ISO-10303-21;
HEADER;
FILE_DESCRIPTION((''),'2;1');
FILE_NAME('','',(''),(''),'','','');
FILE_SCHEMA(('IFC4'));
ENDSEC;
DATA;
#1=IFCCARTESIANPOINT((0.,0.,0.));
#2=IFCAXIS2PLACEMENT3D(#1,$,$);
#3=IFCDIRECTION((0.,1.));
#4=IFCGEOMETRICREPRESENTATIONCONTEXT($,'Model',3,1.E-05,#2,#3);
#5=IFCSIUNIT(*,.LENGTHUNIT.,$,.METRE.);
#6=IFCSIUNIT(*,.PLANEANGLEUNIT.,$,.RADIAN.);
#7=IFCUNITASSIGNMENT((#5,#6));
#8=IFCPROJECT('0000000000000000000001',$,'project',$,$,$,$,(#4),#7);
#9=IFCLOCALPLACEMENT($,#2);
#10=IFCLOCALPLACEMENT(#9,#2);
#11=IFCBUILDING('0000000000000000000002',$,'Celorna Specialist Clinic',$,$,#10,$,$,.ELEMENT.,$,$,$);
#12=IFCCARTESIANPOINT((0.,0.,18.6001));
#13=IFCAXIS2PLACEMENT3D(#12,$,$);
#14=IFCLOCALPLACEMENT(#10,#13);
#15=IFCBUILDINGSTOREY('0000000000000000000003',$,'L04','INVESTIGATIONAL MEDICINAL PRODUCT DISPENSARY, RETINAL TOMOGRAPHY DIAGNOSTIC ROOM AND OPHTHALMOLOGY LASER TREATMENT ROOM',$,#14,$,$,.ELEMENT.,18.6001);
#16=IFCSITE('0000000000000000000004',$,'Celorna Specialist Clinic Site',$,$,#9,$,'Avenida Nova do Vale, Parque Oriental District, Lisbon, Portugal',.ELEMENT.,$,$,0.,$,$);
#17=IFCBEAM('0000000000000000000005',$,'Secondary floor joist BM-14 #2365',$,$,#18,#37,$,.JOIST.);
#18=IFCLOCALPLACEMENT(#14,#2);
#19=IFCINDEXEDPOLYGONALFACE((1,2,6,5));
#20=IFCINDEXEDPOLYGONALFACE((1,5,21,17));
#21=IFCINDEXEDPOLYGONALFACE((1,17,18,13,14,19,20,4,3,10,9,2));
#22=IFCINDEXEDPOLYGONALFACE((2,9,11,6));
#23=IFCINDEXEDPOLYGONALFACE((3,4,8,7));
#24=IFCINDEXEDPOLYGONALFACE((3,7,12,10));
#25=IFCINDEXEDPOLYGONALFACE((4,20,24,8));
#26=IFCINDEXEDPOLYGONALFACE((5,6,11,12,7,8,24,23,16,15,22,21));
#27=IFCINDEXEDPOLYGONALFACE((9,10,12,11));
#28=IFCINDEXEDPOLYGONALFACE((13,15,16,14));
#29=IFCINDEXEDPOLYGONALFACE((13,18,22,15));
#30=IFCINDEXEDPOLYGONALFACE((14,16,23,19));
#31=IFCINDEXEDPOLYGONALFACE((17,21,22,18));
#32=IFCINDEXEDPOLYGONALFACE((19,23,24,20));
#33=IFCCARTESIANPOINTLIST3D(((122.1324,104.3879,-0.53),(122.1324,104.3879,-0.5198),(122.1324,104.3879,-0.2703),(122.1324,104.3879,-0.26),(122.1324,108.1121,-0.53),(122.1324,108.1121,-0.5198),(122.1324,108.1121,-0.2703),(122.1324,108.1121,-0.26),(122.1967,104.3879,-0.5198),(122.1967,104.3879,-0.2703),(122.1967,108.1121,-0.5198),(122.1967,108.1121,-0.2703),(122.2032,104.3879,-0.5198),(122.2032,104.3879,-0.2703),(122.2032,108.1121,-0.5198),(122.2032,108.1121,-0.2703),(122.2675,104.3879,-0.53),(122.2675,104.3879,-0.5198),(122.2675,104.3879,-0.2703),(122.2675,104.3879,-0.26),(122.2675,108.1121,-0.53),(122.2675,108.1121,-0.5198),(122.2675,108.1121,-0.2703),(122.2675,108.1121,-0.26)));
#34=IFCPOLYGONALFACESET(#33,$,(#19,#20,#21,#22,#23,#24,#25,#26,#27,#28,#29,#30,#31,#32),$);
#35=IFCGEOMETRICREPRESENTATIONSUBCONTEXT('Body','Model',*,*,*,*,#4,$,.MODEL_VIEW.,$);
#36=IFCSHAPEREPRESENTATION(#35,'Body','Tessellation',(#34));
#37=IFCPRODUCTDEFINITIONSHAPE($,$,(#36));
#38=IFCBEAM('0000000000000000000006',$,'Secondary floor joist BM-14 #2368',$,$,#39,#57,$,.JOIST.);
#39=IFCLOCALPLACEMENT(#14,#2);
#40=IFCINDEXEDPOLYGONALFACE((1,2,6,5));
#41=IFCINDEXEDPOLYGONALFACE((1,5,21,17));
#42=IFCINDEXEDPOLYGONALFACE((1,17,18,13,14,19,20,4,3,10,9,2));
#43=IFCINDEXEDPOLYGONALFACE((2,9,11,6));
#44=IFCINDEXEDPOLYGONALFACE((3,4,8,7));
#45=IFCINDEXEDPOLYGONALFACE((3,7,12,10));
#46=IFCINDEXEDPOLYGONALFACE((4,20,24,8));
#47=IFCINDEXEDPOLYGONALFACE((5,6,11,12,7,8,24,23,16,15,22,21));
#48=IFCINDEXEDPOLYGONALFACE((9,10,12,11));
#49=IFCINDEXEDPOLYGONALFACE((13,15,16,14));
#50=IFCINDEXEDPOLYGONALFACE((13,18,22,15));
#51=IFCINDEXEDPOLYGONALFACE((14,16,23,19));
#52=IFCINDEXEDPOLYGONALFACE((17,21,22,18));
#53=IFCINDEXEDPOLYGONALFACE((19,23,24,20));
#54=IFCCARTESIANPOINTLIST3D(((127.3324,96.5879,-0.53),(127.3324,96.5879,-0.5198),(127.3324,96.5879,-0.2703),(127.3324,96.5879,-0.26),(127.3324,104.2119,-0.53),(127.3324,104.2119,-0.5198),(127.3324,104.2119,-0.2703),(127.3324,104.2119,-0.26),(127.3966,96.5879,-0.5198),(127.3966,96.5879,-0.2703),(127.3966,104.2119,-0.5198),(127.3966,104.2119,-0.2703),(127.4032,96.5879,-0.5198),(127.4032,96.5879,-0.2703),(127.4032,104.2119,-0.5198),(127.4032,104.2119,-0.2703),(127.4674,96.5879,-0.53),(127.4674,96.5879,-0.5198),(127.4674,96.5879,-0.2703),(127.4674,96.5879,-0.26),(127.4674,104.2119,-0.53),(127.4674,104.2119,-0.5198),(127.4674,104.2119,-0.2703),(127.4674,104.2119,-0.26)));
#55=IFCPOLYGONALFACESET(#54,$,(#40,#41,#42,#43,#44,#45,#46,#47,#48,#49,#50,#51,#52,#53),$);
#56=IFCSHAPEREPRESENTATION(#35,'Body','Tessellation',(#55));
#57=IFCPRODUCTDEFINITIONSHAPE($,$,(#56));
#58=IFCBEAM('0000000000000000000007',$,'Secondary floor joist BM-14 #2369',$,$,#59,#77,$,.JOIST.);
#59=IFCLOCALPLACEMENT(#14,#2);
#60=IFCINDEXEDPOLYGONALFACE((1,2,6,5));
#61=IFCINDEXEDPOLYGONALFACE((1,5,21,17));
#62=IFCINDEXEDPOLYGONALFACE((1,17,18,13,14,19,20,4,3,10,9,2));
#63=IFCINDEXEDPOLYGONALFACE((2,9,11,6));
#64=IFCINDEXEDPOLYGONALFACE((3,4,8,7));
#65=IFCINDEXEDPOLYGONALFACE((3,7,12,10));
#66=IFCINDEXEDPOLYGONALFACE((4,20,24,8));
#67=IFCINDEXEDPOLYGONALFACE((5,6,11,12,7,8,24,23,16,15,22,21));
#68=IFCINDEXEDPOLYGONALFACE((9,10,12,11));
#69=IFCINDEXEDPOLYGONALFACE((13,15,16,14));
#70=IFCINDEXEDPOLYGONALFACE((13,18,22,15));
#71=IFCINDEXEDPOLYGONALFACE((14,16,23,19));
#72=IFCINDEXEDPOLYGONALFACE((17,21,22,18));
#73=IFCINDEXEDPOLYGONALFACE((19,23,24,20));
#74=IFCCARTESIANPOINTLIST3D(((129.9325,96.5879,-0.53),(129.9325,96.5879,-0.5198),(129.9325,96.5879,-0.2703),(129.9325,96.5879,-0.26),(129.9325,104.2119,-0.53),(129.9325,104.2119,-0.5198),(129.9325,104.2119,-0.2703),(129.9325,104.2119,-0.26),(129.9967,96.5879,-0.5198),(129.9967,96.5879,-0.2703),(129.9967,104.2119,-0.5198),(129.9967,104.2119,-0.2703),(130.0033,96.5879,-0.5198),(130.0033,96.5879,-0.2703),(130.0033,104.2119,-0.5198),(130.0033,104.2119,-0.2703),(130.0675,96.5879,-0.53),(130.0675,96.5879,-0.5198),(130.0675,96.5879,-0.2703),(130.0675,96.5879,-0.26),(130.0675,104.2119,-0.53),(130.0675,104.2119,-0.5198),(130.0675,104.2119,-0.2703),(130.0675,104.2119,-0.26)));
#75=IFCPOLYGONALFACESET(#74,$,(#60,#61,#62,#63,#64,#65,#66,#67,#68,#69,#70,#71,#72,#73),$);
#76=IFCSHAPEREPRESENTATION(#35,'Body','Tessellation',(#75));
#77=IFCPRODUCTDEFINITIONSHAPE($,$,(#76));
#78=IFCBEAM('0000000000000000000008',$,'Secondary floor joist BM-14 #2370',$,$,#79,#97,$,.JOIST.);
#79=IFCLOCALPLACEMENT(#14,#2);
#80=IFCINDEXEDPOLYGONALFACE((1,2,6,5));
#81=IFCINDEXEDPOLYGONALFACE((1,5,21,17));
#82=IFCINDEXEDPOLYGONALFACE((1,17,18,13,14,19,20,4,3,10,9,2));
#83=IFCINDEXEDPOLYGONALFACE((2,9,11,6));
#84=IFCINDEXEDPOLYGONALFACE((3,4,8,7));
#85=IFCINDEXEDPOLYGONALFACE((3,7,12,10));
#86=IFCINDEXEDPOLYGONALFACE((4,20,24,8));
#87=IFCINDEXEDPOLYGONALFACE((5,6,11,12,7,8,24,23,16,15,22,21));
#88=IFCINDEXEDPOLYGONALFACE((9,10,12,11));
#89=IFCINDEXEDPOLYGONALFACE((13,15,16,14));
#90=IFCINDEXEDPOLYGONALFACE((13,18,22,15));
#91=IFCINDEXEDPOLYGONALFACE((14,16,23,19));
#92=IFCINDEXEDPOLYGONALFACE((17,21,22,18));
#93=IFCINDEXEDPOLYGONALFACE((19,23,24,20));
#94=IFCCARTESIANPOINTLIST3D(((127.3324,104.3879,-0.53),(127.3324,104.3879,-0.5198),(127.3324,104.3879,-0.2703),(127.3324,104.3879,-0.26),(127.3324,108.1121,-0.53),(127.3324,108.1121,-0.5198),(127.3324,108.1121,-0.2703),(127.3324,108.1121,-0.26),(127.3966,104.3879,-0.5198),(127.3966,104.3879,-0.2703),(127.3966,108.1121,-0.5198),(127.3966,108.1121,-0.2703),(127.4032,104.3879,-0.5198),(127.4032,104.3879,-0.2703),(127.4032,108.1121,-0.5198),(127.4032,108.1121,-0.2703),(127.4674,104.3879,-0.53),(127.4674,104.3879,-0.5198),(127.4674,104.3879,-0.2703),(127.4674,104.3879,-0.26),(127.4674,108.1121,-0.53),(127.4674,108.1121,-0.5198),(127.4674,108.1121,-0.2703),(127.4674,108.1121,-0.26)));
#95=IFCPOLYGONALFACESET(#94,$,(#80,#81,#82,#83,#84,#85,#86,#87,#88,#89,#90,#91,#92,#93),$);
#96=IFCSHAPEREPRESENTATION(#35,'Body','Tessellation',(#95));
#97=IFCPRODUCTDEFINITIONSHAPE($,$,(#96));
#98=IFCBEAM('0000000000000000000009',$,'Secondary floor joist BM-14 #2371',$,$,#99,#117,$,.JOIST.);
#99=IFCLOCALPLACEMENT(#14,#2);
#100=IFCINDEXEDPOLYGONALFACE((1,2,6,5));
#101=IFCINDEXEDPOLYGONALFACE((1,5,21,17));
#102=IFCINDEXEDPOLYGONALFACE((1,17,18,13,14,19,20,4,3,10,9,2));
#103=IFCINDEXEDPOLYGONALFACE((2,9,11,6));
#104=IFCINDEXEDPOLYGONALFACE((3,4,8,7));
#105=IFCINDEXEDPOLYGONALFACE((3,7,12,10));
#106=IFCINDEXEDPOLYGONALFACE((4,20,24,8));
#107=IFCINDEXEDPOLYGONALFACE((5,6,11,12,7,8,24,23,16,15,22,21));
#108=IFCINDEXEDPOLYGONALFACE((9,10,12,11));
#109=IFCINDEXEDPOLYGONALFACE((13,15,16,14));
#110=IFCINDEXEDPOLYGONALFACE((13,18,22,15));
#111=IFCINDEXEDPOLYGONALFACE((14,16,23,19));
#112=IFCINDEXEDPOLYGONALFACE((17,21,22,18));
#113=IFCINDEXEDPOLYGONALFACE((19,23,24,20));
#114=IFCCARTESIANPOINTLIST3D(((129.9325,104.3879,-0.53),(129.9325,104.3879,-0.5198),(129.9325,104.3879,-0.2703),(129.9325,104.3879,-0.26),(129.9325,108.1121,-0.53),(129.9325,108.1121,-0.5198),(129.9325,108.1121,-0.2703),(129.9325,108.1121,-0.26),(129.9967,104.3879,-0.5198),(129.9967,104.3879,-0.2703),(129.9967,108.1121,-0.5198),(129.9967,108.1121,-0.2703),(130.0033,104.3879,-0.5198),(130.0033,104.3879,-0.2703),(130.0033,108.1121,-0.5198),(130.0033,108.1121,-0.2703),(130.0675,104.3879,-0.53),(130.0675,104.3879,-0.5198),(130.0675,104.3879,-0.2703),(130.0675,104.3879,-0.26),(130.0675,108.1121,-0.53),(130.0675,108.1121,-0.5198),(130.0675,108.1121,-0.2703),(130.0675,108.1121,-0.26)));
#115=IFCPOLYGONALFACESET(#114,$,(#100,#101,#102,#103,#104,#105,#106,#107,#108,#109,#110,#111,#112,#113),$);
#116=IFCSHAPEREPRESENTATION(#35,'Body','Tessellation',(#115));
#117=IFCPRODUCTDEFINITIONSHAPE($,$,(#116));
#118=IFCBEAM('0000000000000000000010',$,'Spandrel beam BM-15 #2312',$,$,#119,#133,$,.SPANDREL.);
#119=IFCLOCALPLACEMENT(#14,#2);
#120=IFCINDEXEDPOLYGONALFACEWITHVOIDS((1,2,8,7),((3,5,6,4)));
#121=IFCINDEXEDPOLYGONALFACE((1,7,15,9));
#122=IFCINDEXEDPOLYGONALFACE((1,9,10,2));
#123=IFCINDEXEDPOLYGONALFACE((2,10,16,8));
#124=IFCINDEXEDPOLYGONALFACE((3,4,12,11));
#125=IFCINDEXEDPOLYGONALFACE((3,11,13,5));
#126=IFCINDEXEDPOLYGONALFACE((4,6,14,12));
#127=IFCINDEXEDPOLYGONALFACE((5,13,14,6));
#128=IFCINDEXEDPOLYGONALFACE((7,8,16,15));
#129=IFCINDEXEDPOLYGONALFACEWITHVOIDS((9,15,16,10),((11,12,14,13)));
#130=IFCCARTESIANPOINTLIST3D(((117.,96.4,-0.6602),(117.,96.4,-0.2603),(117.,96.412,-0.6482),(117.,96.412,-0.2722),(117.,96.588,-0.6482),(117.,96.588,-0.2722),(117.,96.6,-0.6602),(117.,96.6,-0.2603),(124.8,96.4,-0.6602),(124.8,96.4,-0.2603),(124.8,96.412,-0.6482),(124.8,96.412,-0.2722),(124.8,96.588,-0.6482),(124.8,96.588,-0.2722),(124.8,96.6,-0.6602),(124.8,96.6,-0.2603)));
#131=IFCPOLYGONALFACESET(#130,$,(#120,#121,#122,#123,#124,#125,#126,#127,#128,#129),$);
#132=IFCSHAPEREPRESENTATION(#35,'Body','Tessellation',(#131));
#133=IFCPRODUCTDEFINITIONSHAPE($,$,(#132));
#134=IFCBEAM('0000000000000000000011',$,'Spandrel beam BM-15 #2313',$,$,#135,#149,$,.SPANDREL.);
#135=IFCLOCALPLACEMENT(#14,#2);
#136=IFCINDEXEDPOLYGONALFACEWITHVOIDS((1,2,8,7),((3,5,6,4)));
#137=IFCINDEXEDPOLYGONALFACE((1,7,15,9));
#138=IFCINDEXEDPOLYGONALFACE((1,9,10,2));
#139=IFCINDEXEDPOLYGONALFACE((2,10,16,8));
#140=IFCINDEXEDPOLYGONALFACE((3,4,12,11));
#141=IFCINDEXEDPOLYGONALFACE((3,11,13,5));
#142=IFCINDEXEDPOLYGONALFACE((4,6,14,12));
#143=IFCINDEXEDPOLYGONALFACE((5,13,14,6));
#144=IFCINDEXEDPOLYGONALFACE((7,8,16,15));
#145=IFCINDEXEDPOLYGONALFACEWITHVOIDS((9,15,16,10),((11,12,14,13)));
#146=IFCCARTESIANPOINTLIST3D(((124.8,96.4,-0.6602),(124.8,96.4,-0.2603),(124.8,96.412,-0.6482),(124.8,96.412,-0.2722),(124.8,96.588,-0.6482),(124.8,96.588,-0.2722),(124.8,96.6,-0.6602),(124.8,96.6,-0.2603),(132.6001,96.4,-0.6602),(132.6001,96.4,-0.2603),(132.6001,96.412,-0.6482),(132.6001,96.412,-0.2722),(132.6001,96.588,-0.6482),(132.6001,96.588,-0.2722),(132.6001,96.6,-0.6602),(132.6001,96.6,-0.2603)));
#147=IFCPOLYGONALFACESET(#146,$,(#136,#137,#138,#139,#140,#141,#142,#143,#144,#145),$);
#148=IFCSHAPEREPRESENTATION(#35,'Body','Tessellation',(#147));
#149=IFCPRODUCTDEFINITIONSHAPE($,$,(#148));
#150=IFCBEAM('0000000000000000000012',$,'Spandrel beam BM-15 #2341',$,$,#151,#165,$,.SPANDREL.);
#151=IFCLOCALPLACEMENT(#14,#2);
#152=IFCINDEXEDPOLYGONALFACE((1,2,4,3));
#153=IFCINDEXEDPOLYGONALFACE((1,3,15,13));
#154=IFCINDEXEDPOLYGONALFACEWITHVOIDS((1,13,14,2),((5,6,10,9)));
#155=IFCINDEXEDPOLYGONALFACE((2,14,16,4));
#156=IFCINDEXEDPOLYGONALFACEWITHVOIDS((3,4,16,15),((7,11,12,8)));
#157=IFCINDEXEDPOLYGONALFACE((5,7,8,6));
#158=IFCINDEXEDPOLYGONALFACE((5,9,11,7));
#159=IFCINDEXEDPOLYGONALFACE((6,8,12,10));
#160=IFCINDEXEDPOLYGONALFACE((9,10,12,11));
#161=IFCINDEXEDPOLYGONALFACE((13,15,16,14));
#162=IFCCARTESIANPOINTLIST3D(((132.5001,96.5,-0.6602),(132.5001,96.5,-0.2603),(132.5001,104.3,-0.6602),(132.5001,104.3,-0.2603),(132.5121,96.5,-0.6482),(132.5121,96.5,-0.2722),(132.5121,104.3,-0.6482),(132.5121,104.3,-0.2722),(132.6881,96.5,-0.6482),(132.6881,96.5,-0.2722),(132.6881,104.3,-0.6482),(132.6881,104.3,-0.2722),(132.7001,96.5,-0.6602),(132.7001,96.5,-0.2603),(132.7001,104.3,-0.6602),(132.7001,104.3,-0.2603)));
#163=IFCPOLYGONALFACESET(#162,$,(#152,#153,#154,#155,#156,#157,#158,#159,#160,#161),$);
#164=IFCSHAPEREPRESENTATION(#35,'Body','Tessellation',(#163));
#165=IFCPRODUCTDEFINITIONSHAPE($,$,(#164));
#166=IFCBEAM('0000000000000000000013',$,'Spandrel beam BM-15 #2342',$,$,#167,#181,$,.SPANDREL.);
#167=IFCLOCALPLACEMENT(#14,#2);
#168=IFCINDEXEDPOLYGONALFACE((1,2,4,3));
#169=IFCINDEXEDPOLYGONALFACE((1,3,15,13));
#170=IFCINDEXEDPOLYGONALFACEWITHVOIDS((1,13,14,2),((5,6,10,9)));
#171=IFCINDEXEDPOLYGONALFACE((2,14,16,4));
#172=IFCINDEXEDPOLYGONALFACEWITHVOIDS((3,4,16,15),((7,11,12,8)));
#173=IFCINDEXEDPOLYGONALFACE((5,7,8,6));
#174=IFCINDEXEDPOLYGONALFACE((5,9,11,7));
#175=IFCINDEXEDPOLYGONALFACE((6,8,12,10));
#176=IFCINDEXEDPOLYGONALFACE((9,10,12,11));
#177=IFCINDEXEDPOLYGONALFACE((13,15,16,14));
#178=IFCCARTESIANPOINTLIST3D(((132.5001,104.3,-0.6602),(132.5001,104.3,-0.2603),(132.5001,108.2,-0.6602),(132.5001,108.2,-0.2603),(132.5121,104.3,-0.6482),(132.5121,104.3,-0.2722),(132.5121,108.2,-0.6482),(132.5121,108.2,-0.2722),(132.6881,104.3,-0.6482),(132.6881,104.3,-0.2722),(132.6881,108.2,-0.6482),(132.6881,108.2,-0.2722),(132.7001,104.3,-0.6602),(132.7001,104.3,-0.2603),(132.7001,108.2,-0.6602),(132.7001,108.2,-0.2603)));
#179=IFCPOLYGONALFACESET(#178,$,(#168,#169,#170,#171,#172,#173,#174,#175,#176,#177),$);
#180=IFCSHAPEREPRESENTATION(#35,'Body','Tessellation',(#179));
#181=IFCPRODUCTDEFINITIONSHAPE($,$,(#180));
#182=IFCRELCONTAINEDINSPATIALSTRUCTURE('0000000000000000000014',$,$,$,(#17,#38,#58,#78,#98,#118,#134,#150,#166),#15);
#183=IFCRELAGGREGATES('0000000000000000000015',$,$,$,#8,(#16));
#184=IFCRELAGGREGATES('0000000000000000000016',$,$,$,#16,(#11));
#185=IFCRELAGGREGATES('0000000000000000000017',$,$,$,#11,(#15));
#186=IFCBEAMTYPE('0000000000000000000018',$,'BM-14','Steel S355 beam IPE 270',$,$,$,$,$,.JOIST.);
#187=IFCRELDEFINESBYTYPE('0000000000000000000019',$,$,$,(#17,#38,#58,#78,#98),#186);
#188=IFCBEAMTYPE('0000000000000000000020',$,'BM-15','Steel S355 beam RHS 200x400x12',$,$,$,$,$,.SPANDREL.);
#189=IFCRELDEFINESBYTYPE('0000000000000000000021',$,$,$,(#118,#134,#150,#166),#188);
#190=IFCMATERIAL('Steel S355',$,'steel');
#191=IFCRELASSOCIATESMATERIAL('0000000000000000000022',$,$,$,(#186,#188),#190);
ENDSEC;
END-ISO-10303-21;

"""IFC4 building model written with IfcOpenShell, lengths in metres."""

from ifc_helpers import new_model, si_unit, direction, frame, origin, origin_2d, place, context, subcontext, project, spatial, hollow_rectangle, i_section, extrude, material, material_profile, profile_set, type_object, element, save


model = new_model("IFC4")

# Units and contexts
model_context = context("Model", 3, precision=1e-05, world=origin(), true_north=direction((0.0, 1.0)))
body_context = subcontext(model_context, "Body", "Model", "MODEL_VIEW")
ifc_project = project(units=[si_unit("LENGTHUNIT", "METRE"), si_unit("PLANEANGLEUNIT", "RADIAN")], contexts=[model_context])

# Site, building, storey
site_placement = place(None, origin())
site = spatial("IfcSite", under=ifc_project, at=site_placement, Name="Celorna Specialist Clinic Site", LongName="Avenida Nova do Vale, Parque Oriental District, Lisbon, Portugal", CompositionType="ELEMENT", RefElevation=0.0)
building_placement = place(site_placement, origin())
building = spatial("IfcBuilding", under=site, at=building_placement, Name="Celorna Specialist Clinic", CompositionType="ELEMENT")
storey_placement = place(building_placement, frame((0.0, 0.0, 18.6001)))
storey = spatial("IfcBuildingStorey", under=building, at=storey_placement, Name="L04", Description="INVESTIGATIONAL MEDICINAL PRODUCT DISPENSARY, RETINAL TOMOGRAPHY DIAGNOSTIC ROOM AND OPHTHALMOLOGY LASER TREATMENT ROOM", CompositionType="ELEMENT", Elevation=18.6001)

# Beams
ifc_material_1 = material(Name="Steel S355", Category="steel")
ifc_material_profile_1 = material_profile(ifc_material_1, i_section(OverallWidth=0.135, OverallDepth=0.27, WebThickness=0.0066, FlangeThickness=0.0103, at=origin_2d()), Name="IPE 270")
ifc_profile_set_1 = profile_set([ifc_material_profile_1], Name="Steel S355")
beam_type_1 = type_object("IfcBeamType", Name="BM-14", Description="Steel S355 beam IPE 270", PredefinedType="JOIST", material=ifc_profile_set_1)
for number, where, z_axis, x_axis, name in (
    (1, (122.2, 104.3879, -0.395), (0.0, 1.0, 0.0), (-1.0, 0.0, 0.0), "Secondary floor joist BM-14 #2365"),
):
    element("IfcBeam", number, at=place(storey_placement, frame(where, z_axis=z_axis, x_axis=x_axis)), inside=storey, type_object=beam_type_1, Name=name, PredefinedType="JOIST", context=body_context, shape_type="SweptSolid", body=[
        extrude(i_section(OverallWidth=0.135, OverallDepth=0.27, WebThickness=0.0066, FlangeThickness=0.0103, at=origin_2d()), origin(), (0.0, 0.0, 1.0), 3.7241),
    ])
for number, where, z_axis, x_axis, name in (
    (2, (127.3999, 96.5879, -0.395), (0.0, 1.0, 0.0), (-1.0, 0.0, 0.0), "Secondary floor joist BM-14 #2368"),
    (3, (130.0, 96.5879, -0.395), (0.0, 1.0, 0.0), (-1.0, 0.0, 0.0), "Secondary floor joist BM-14 #2369"),
):
    element("IfcBeam", number, at=place(storey_placement, frame(where, z_axis=z_axis, x_axis=x_axis)), inside=storey, type_object=beam_type_1, Name=name, PredefinedType="JOIST", context=body_context, shape_type="SweptSolid", body=[
        extrude(i_section(OverallWidth=0.135, OverallDepth=0.27, WebThickness=0.0066, FlangeThickness=0.0103, at=origin_2d()), origin(), (0.0, 0.0, 1.0), 7.624),
    ])
for number, where, z_axis, x_axis, name in (
    (4, (127.3999, 104.3879, -0.395), (0.0, 1.0, 0.0), (-1.0, 0.0, 0.0), "Secondary floor joist BM-14 #2370"),
    (5, (130.0, 104.3879, -0.395), (0.0, 1.0, 0.0), (-1.0, 0.0, 0.0), "Secondary floor joist BM-14 #2371"),
):
    element("IfcBeam", number, at=place(storey_placement, frame(where, z_axis=z_axis, x_axis=x_axis)), inside=storey, type_object=beam_type_1, Name=name, PredefinedType="JOIST", context=body_context, shape_type="SweptSolid", body=[
        extrude(i_section(OverallWidth=0.135, OverallDepth=0.27, WebThickness=0.0066, FlangeThickness=0.0103, at=origin_2d()), origin(), (0.0, 0.0, 1.0), 3.7241),
    ])
ifc_material_profile_2 = material_profile(ifc_material_1, hollow_rectangle(XDim=0.2, YDim=0.3999, WallThickness=0.012, at=origin_2d()), Name="RHS 200x400x12")
ifc_profile_set_2 = profile_set([ifc_material_profile_2], Name="Steel S355")
beam_type_2 = type_object("IfcBeamType", Name="BM-15", Description="Steel S355 beam RHS 200x400x12", PredefinedType="SPANDREL", material=ifc_profile_set_2)
for number, where, z_axis, x_axis, name in (
    (6, (117.0, 96.5, -0.4602), (1.0, 0.0, 0.0), (0.0, 1.0, 0.0), "Spandrel beam BM-15 #2312"),
    (7, (124.8, 96.5, -0.4602), (1.0, 0.0, 0.0), (0.0, 1.0, 0.0), "Spandrel beam BM-15 #2313"),
    (8, (132.6001, 96.5, -0.4602), (0.0, 1.0, 0.0), (-1.0, 0.0, 0.0), "Spandrel beam BM-15 #2341"),
):
    element("IfcBeam", number, at=place(storey_placement, frame(where, z_axis=z_axis, x_axis=x_axis)), inside=storey, type_object=beam_type_2, Name=name, PredefinedType="SPANDREL", context=body_context, shape_type="SweptSolid", body=[
        extrude(hollow_rectangle(XDim=0.2, YDim=0.3999, WallThickness=0.012, at=origin_2d()), origin(), (0.0, 0.0, 1.0), 7.8),
    ])
beam_1_placement = place(storey_placement, frame((132.6001, 104.3, -0.4602), z_axis=(0.0, 1.0, 0.0), x_axis=(-1.0, 0.0, 0.0)))
element("IfcBeam", 9, at=beam_1_placement, inside=storey, type_object=beam_type_2, Name="Spandrel beam BM-15 #2342", PredefinedType="SPANDREL", context=body_context, shape_type="SweptSolid", body=[
    extrude(hollow_rectangle(XDim=0.2, YDim=0.3999, WallThickness=0.012, at=origin_2d()), origin(), (0.0, 0.0, 1.0), 3.8999),
])

save(model, "model.ifc")
